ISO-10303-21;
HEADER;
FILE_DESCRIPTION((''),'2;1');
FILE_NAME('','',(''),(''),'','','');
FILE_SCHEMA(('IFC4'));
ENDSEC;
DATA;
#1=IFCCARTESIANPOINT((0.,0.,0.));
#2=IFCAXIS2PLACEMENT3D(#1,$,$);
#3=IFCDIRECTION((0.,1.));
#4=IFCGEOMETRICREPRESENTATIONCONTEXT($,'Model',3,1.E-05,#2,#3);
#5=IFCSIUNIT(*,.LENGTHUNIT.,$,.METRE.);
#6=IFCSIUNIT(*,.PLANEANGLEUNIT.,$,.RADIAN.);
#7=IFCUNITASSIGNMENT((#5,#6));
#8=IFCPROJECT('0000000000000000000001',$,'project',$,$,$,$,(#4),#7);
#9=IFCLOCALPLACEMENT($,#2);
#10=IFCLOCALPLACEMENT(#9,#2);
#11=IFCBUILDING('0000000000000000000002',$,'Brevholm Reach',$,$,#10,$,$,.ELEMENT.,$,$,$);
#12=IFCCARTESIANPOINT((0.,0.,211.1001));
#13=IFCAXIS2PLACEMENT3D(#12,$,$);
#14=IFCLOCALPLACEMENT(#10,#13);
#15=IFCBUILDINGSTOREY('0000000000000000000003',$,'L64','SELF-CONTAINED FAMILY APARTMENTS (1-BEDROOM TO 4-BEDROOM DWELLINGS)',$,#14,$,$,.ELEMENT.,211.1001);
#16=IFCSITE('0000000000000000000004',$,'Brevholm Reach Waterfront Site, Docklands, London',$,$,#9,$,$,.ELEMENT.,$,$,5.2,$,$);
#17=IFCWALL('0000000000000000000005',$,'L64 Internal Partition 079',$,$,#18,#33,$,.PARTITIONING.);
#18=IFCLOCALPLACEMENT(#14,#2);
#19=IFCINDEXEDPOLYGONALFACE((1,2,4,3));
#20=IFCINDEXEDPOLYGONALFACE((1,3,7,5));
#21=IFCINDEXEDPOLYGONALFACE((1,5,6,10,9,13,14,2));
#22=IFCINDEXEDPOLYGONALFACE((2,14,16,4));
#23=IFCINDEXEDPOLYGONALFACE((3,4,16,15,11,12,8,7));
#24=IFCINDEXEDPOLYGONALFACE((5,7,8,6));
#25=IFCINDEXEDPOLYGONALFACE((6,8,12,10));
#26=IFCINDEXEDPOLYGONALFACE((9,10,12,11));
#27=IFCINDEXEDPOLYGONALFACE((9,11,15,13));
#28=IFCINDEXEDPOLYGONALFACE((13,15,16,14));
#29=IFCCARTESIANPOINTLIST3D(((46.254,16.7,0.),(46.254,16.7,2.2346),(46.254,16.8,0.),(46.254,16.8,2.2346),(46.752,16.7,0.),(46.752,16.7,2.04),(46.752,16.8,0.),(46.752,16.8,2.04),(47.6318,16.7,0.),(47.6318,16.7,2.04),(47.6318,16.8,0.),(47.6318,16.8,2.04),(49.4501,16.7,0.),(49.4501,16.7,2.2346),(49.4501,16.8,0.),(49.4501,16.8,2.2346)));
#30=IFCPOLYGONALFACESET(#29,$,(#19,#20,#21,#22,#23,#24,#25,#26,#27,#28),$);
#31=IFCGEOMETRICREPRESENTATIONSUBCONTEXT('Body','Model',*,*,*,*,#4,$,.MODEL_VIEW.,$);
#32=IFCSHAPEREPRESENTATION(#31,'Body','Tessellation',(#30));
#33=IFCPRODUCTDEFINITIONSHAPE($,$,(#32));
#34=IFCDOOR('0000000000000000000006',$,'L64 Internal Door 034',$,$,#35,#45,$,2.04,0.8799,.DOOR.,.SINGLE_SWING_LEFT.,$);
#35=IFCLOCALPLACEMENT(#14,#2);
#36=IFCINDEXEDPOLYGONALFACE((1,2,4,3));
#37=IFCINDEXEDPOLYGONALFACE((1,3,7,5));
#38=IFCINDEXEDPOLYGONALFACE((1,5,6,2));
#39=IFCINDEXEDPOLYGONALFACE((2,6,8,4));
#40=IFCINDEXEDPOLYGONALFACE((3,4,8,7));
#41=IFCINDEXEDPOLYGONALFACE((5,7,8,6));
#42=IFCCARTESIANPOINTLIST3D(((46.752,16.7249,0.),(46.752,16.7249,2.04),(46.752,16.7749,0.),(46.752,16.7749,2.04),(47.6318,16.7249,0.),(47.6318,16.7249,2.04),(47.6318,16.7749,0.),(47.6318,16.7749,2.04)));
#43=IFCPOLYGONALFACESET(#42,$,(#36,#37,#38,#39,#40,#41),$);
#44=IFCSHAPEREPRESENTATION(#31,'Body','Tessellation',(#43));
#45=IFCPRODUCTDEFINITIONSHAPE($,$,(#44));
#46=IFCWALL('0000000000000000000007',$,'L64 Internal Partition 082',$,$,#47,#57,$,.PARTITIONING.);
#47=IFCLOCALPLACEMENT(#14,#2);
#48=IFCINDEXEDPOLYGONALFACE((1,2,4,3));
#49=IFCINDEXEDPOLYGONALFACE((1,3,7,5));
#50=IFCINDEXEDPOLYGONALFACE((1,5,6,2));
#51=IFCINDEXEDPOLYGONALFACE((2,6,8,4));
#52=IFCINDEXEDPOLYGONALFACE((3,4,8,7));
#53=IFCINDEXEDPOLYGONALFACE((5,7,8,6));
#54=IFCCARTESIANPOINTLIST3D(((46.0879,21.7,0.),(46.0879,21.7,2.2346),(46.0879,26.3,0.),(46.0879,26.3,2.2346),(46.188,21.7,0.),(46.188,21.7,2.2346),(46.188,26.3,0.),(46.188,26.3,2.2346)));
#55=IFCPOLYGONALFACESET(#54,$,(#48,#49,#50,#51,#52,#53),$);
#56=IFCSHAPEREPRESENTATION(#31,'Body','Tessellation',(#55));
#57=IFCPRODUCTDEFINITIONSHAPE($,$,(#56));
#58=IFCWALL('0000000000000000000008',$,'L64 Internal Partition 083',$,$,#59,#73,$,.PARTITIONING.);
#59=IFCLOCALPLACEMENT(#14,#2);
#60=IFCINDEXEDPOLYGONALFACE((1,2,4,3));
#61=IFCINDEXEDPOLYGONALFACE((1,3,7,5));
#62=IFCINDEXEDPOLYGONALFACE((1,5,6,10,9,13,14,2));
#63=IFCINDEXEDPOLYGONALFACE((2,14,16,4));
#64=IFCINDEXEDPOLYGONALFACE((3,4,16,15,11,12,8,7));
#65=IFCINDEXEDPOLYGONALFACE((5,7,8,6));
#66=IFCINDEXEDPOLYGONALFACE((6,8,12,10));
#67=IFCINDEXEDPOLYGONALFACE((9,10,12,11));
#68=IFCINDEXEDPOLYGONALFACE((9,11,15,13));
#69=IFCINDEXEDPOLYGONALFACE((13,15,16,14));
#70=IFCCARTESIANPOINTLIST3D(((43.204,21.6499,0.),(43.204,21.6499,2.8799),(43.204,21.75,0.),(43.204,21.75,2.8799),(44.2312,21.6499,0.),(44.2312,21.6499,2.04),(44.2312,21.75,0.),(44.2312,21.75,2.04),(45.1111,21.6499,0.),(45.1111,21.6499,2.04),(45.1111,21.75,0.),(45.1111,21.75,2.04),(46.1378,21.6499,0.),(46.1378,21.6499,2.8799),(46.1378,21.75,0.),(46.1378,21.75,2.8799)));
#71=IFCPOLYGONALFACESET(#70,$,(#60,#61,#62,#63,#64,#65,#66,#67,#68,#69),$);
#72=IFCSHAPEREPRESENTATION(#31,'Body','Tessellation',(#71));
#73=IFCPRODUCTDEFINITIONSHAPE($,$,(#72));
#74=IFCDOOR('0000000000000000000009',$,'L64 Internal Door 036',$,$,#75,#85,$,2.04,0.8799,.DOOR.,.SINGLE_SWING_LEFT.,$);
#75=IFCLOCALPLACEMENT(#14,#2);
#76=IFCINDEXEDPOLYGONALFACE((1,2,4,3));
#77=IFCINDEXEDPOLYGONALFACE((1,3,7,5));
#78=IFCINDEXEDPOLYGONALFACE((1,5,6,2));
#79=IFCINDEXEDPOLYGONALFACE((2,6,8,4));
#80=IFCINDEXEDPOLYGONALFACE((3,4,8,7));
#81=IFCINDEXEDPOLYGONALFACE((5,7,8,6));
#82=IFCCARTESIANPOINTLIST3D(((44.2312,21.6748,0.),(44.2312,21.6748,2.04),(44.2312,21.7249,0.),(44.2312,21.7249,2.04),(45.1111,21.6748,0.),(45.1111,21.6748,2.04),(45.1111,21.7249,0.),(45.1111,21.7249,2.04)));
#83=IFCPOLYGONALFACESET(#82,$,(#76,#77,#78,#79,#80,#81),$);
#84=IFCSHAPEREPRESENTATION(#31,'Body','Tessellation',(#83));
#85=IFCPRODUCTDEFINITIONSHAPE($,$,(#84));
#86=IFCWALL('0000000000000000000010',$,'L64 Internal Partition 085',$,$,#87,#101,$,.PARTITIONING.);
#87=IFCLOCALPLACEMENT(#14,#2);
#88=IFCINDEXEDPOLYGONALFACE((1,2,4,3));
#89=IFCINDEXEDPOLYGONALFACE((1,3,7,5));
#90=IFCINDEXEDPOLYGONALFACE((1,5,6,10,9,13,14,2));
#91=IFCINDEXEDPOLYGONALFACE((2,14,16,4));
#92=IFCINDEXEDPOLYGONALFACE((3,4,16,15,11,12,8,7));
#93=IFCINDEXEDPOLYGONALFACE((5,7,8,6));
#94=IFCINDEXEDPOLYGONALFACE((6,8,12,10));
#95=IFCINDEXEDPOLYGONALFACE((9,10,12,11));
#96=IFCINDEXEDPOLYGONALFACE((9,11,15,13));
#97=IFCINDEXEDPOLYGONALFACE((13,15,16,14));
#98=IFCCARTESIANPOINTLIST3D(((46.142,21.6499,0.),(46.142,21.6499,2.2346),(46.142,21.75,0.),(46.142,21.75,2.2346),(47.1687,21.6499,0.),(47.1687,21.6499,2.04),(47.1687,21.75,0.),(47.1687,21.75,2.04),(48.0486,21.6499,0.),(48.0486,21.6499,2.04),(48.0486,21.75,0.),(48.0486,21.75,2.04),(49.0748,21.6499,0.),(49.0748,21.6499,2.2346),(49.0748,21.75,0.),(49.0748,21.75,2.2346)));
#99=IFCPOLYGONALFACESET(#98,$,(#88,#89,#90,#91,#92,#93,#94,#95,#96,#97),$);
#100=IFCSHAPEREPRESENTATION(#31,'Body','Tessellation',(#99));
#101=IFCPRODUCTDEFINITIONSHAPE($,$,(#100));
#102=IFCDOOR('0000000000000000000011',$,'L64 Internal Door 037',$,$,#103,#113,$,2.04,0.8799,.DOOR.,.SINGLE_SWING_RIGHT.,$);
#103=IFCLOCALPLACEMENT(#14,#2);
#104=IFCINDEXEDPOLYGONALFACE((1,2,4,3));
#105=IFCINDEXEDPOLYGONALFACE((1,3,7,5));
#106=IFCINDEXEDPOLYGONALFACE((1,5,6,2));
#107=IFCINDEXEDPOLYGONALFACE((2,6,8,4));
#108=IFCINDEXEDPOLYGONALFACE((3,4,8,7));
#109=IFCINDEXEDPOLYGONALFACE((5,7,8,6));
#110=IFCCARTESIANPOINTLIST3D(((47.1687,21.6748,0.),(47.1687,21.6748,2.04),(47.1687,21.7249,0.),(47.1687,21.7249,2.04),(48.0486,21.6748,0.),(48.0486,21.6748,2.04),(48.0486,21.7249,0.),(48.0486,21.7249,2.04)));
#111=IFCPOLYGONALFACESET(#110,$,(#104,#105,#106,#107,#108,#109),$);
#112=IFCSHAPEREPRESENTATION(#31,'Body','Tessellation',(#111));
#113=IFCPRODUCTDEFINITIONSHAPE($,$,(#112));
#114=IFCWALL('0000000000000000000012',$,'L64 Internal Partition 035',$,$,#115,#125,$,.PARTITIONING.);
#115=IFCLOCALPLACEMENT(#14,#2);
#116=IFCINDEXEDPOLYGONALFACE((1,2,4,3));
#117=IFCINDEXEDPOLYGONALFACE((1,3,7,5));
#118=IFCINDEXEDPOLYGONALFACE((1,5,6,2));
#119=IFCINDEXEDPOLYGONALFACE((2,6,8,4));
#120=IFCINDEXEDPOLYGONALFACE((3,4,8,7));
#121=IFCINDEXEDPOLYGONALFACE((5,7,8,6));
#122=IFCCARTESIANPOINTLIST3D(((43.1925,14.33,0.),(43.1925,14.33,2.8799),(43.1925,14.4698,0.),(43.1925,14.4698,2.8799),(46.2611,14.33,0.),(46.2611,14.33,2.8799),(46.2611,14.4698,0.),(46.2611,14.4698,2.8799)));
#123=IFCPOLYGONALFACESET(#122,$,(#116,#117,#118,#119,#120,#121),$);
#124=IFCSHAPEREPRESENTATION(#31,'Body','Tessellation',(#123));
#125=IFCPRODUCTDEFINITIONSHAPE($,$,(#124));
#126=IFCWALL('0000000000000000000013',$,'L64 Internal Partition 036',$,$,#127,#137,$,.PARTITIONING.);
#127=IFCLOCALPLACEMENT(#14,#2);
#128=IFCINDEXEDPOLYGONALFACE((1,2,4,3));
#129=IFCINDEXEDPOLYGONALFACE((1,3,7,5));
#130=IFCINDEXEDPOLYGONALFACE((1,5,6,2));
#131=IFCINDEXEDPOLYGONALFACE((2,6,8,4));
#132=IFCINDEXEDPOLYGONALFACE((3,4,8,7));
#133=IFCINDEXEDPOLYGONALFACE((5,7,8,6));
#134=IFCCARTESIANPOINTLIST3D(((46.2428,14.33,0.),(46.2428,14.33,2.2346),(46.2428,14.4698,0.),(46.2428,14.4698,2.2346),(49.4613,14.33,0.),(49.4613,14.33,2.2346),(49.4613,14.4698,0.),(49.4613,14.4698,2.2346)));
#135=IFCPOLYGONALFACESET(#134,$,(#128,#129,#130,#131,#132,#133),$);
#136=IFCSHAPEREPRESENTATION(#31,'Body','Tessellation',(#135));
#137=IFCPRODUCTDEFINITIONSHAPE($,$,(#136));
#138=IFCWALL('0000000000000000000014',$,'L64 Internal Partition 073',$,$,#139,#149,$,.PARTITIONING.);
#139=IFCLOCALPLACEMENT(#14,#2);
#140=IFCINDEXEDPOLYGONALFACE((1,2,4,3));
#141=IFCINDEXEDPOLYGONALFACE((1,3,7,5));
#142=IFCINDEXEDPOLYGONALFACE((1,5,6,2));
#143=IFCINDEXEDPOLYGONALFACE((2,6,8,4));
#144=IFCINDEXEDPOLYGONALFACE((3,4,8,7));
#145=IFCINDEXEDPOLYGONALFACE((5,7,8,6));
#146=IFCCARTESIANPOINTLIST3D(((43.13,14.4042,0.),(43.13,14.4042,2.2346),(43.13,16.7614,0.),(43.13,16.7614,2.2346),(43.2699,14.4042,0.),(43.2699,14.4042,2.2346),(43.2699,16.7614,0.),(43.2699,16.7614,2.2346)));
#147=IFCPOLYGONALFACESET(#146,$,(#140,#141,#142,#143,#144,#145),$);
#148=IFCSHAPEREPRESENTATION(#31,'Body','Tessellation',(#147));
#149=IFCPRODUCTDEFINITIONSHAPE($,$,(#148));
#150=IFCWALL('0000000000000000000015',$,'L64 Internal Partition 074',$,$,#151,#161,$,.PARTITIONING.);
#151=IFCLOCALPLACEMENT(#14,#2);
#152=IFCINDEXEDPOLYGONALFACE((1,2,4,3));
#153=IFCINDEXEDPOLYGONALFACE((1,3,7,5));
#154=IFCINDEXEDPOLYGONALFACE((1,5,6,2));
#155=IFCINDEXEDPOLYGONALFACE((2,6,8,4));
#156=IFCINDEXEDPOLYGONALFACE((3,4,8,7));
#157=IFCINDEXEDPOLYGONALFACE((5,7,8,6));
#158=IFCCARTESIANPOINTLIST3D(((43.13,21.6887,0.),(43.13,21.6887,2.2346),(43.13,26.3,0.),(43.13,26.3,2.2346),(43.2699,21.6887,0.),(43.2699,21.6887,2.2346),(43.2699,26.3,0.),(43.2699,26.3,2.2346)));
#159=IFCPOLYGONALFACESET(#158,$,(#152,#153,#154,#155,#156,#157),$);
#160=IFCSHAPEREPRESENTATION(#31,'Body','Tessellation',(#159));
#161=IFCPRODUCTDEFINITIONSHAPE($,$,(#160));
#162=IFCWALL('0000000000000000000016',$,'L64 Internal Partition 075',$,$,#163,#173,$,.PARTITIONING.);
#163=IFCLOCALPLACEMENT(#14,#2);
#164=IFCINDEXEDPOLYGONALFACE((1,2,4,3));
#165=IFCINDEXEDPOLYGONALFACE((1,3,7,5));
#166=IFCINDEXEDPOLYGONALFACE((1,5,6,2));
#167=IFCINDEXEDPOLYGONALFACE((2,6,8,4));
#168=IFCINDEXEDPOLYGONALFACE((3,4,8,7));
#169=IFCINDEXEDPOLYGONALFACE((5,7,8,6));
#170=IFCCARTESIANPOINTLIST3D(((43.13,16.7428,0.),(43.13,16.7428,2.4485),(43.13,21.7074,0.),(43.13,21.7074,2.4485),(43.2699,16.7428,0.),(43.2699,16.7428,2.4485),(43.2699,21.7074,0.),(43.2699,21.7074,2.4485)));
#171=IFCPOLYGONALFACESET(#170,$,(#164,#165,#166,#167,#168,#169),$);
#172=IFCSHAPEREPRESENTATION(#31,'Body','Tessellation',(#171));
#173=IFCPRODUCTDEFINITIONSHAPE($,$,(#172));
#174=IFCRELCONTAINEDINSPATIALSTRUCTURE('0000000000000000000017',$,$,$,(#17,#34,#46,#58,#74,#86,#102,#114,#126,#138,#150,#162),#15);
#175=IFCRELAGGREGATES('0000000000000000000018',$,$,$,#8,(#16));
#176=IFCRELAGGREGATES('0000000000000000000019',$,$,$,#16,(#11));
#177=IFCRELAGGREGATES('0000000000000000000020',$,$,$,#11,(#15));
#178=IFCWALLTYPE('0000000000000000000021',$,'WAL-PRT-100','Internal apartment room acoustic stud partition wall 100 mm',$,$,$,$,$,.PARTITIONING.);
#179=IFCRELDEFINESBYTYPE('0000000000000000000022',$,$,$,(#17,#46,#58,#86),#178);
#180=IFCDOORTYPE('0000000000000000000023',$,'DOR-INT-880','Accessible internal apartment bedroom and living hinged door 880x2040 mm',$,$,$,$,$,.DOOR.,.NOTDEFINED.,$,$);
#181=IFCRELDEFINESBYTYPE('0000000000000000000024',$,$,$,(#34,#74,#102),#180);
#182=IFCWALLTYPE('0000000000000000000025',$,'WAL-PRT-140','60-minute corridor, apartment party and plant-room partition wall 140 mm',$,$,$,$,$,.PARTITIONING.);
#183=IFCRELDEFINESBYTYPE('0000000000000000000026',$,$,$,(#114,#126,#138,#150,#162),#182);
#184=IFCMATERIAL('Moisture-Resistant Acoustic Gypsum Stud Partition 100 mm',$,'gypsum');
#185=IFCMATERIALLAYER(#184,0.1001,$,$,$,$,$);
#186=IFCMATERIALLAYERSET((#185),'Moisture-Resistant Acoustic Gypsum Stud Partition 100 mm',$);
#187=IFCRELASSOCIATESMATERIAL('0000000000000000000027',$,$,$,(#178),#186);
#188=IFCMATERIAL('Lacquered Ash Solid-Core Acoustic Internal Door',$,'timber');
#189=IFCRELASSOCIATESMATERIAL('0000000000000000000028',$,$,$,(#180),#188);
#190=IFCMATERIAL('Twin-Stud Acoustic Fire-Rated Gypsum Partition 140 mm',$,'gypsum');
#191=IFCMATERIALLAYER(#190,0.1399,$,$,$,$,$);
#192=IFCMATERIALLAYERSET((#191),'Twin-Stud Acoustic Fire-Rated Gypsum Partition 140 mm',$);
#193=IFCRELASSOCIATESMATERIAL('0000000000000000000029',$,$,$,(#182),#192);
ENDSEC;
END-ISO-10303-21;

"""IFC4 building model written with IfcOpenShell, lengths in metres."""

from ifc_helpers import new_model, si_unit, direction, frame, frame_2d, origin, place, context, subcontext, project, spatial, rectangle, extrude, material, layer, layer_set, type_object, element, fill, save


model = new_model("IFC4")

# Units and contexts
model_context = context("Model", 3, precision=1e-05, world=origin(), true_north=direction((0.0, 1.0)))
body_context = subcontext(model_context, "Body", "Model", "MODEL_VIEW")
ifc_project = project(units=[si_unit("LENGTHUNIT", "METRE"), si_unit("PLANEANGLEUNIT", "RADIAN")], contexts=[model_context])

# Site, building, storey
site_placement = place(None, origin())
site = spatial("IfcSite", under=ifc_project, at=site_placement, Name="Brevholm Reach Waterfront Site, Docklands, London", CompositionType="ELEMENT", RefElevation=5.2)
building_placement = place(site_placement, origin())
building = spatial("IfcBuilding", under=site, at=building_placement, Name="Brevholm Reach", CompositionType="ELEMENT")
storey_placement = place(building_placement, frame((0.0, 0.0, 211.1001)))
storey = spatial("IfcBuildingStorey", under=building, at=storey_placement, Name="L64", Description="SELF-CONTAINED FAMILY APARTMENTS (1-BEDROOM TO 4-BEDROOM DWELLINGS)", CompositionType="ELEMENT", Elevation=211.1001)

# Shared definitions
ifc_material_1 = material(Name="Moisture-Resistant Acoustic Gypsum Stud Partition 100 mm", Category="gypsum")
ifc_layer_1 = layer(ifc_material_1, 0.1001)
ifc_layer_set_1 = layer_set([ifc_layer_1], Name="Moisture-Resistant Acoustic Gypsum Stud Partition 100 mm")
wall_type_1 = type_object("IfcWallType", Name="WAL-PRT-100", Description="Internal apartment room acoustic stud partition wall 100 mm", PredefinedType="PARTITIONING", material=ifc_layer_set_1)

# Wall, opening, door
wall_1_placement = place(storey_placement, frame((46.2539, 16.75, 0.0), z_axis=(0.0, 0.0, 1.0), x_axis=(1.0, 0.0, 0.0)))
wall_1 = element("IfcWall", 1, at=wall_1_placement, inside=storey, type_object=wall_type_1, Name="L64 Internal Partition 079", PredefinedType="PARTITIONING", context=body_context, shape_type="SweptSolid", body=[
    extrude(rectangle(XDim=3.196, YDim=0.1001, at=frame_2d((1.5981, 0.0))), origin(), (0.0, 0.0, 1.0), 2.2346),
])
opening_1_placement = place(wall_1_placement, frame((0.498, 0.0, 0.0)))
opening_1 = element("IfcOpeningElement", 2, at=opening_1_placement, cuts=wall_1, PredefinedType="OPENING", context=body_context, shape_type="SweptSolid", body=[
    extrude(rectangle(XDim=0.8799, YDim=2.04, at=frame_2d((0.4399, 1.02))), frame((0.0, 0.0601, 0.0), z_axis=(0.0, -1.0, 0.0), x_axis=(1.0, 0.0, 0.0)), (0.0, 0.0, 1.0), 0.1201),
])
ifc_material_2 = material(Name="Lacquered Ash Solid-Core Acoustic Internal Door", Category="timber")
door_type_1 = type_object("IfcDoorType", Name="DOR-INT-880", Description="Accessible internal apartment bedroom and living hinged door 880x2040 mm", OperationType="NOTDEFINED", PredefinedType="DOOR", material=ifc_material_2)
door_1_placement = place(opening_1_placement, origin())
door_1 = element("IfcDoor", 3, at=door_1_placement, inside=storey, type_object=door_type_1, Name="L64 Internal Door 034", OperationType="SINGLE_SWING_LEFT", OverallHeight=2.04, OverallWidth=0.8799, PredefinedType="DOOR", context=body_context, shape_type="SweptSolid", body=[
    extrude(rectangle(XDim=0.8799, YDim=2.04, at=frame_2d((0.4399, 1.02))), frame((0.0, 0.0249, 0.0), z_axis=(0.0, -1.0, 0.0), x_axis=(1.0, 0.0, 0.0)), (0.0, 0.0, 1.0), 0.05),
])
fill(opening_1, door_1)

# Wall
wall_2_placement = place(storey_placement, frame((46.1379, 21.7, 0.0), z_axis=(0.0, 0.0, 1.0), x_axis=(0.0, 1.0, 0.0)))
element("IfcWall", 4, at=wall_2_placement, inside=storey, type_object=wall_type_1, Name="L64 Internal Partition 082", PredefinedType="PARTITIONING", context=body_context, shape_type="SweptSolid", body=[
    extrude(rectangle(XDim=4.6001, YDim=0.1001, at=frame_2d((2.3, 0.0))), origin(), (0.0, 0.0, 1.0), 2.2346),
])

# Walls, openings, doors
wall_3_placement = place(storey_placement, frame((43.2041, 21.7, 0.0), z_axis=(0.0, 0.0, 1.0), x_axis=(1.0, 0.0, 0.0)))
wall_3 = element("IfcWall", 5, at=wall_3_placement, inside=storey, type_object=wall_type_1, Name="L64 Internal Partition 083", PredefinedType="PARTITIONING", context=body_context, shape_type="SweptSolid", body=[
    extrude(rectangle(XDim=2.9338, YDim=0.1001, at=frame_2d((1.4668, 0.0))), origin(), (0.0, 0.0, 1.0), 2.8799),
])
opening_2_placement = place(wall_3_placement, frame((1.0271, 0.0, 0.0)))
opening_2 = element("IfcOpeningElement", 6, at=opening_2_placement, cuts=wall_3, PredefinedType="OPENING", context=body_context, shape_type="SweptSolid", body=[
    extrude(rectangle(XDim=0.8799, YDim=2.04, at=frame_2d((0.4399, 1.02))), frame((0.0, 0.0601, 0.0), z_axis=(0.0, -1.0, 0.0), x_axis=(1.0, 0.0, 0.0)), (0.0, 0.0, 1.0), 0.1201),
])
door_2_placement = place(opening_2_placement, origin())
door_2 = element("IfcDoor", 7, at=door_2_placement, inside=storey, type_object=door_type_1, Name="L64 Internal Door 036", OperationType="SINGLE_SWING_LEFT", OverallHeight=2.04, OverallWidth=0.8799, PredefinedType="DOOR", context=body_context, shape_type="SweptSolid", body=[
    extrude(rectangle(XDim=0.8799, YDim=2.04, at=frame_2d((0.4399, 1.02))), frame((0.0, 0.0249, 0.0), z_axis=(0.0, -1.0, 0.0), x_axis=(1.0, 0.0, 0.0)), (0.0, 0.0, 1.0), 0.05),
])
fill(opening_2, door_2)
wall_4_placement = place(storey_placement, frame((46.1421, 21.7, 0.0), z_axis=(0.0, 0.0, 1.0), x_axis=(1.0, 0.0, 0.0)))
wall_4 = element("IfcWall", 8, at=wall_4_placement, inside=storey, type_object=wall_type_1, Name="L64 Internal Partition 085", PredefinedType="PARTITIONING", context=body_context, shape_type="SweptSolid", body=[
    extrude(rectangle(XDim=2.9329, YDim=0.1001, at=frame_2d((1.4663, 0.0))), origin(), (0.0, 0.0, 1.0), 2.2346),
])
opening_3_placement = place(wall_4_placement, frame((1.0266, 0.0, 0.0)))
opening_3 = element("IfcOpeningElement", 9, at=opening_3_placement, cuts=wall_4, PredefinedType="OPENING", context=body_context, shape_type="SweptSolid", body=[
    extrude(rectangle(XDim=0.8799, YDim=2.04, at=frame_2d((0.4399, 1.02))), frame((0.0, 0.0601, 0.0), z_axis=(0.0, -1.0, 0.0), x_axis=(1.0, 0.0, 0.0)), (0.0, 0.0, 1.0), 0.1201),
])
door_3_placement = place(opening_3_placement, origin())
door_3 = element("IfcDoor", 10, at=door_3_placement, inside=storey, type_object=door_type_1, Name="L64 Internal Door 037", OperationType="SINGLE_SWING_RIGHT", OverallHeight=2.04, OverallWidth=0.8799, PredefinedType="DOOR", context=body_context, shape_type="SweptSolid", body=[
    extrude(rectangle(XDim=0.8799, YDim=2.04, at=frame_2d((0.4399, 1.02))), frame((0.0, 0.0249, 0.0), z_axis=(0.0, -1.0, 0.0), x_axis=(1.0, 0.0, 0.0)), (0.0, 0.0, 1.0), 0.05),
])
fill(opening_3, door_3)

# Walls
ifc_material_3 = material(Name="Twin-Stud Acoustic Fire-Rated Gypsum Partition 140 mm", Category="gypsum")
ifc_layer_2 = layer(ifc_material_3, 0.1399)
ifc_layer_set_2 = layer_set([ifc_layer_2], Name="Twin-Stud Acoustic Fire-Rated Gypsum Partition 140 mm")
wall_type_2 = type_object("IfcWallType", Name="WAL-PRT-140", Description="60-minute corridor, apartment party and plant-room partition wall 140 mm", PredefinedType="PARTITIONING", material=ifc_layer_set_2)
wall_5_placement = place(storey_placement, frame((43.1926, 14.3999, 0.0), z_axis=(0.0, 0.0, 1.0), x_axis=(1.0, 0.0, 0.0)))
element("IfcWall", 11, at=wall_5_placement, inside=storey, type_object=wall_type_2, Name="L64 Internal Partition 035", PredefinedType="PARTITIONING", context=body_context, shape_type="SweptSolid", body=[
    extrude(rectangle(XDim=3.0686, YDim=0.1399, at=frame_2d((1.5342, 0.0))), origin(), (0.0, 0.0, 1.0), 2.8799),
])
wall_6_placement = place(storey_placement, frame((46.2427, 14.3999, 0.0), z_axis=(0.0, 0.0, 1.0), x_axis=(1.0, 0.0, 0.0)))
element("IfcWall", 12, at=wall_6_placement, inside=storey, type_object=wall_type_2, Name="L64 Internal Partition 036", PredefinedType="PARTITIONING", context=body_context, shape_type="SweptSolid", body=[
    extrude(rectangle(XDim=3.2185, YDim=0.1399, at=frame_2d((1.6094, 0.0))), origin(), (0.0, 0.0, 1.0), 2.2346),
])
wall_7_placement = place(storey_placement, frame((43.2, 14.4041, 0.0), z_axis=(0.0, 0.0, 1.0), x_axis=(0.0, 1.0, 0.0)))
element("IfcWall", 13, at=wall_7_placement, inside=storey, type_object=wall_type_2, Name="L64 Internal Partition 073", PredefinedType="PARTITIONING", context=body_context, shape_type="SweptSolid", body=[
    extrude(rectangle(XDim=2.3572, YDim=0.1399, at=frame_2d((1.1787, 0.0))), origin(), (0.0, 0.0, 1.0), 2.2346),
])
wall_8_placement = place(storey_placement, frame((43.2, 21.6887, 0.0), z_axis=(0.0, 0.0, 1.0), x_axis=(0.0, 1.0, 0.0)))
element("IfcWall", 14, at=wall_8_placement, inside=storey, type_object=wall_type_2, Name="L64 Internal Partition 074", PredefinedType="PARTITIONING", context=body_context, shape_type="SweptSolid", body=[
    extrude(rectangle(XDim=4.6113, YDim=0.1399, at=frame_2d((2.3057, 0.0))), origin(), (0.0, 0.0, 1.0), 2.2346),
])
wall_9_placement = place(storey_placement, frame((43.2, 16.7427, 0.0), z_axis=(0.0, 0.0, 1.0), x_axis=(0.0, 1.0, 0.0)))
element("IfcWall", 15, at=wall_9_placement, inside=storey, type_object=wall_type_2, Name="L64 Internal Partition 075", PredefinedType="PARTITIONING", context=body_context, shape_type="SweptSolid", body=[
    extrude(rectangle(XDim=4.9646, YDim=0.1399, at=frame_2d((2.4824, 0.0))), origin(), (0.0, 0.0, 1.0), 2.4485),
])

save(model, "model.ifc")
